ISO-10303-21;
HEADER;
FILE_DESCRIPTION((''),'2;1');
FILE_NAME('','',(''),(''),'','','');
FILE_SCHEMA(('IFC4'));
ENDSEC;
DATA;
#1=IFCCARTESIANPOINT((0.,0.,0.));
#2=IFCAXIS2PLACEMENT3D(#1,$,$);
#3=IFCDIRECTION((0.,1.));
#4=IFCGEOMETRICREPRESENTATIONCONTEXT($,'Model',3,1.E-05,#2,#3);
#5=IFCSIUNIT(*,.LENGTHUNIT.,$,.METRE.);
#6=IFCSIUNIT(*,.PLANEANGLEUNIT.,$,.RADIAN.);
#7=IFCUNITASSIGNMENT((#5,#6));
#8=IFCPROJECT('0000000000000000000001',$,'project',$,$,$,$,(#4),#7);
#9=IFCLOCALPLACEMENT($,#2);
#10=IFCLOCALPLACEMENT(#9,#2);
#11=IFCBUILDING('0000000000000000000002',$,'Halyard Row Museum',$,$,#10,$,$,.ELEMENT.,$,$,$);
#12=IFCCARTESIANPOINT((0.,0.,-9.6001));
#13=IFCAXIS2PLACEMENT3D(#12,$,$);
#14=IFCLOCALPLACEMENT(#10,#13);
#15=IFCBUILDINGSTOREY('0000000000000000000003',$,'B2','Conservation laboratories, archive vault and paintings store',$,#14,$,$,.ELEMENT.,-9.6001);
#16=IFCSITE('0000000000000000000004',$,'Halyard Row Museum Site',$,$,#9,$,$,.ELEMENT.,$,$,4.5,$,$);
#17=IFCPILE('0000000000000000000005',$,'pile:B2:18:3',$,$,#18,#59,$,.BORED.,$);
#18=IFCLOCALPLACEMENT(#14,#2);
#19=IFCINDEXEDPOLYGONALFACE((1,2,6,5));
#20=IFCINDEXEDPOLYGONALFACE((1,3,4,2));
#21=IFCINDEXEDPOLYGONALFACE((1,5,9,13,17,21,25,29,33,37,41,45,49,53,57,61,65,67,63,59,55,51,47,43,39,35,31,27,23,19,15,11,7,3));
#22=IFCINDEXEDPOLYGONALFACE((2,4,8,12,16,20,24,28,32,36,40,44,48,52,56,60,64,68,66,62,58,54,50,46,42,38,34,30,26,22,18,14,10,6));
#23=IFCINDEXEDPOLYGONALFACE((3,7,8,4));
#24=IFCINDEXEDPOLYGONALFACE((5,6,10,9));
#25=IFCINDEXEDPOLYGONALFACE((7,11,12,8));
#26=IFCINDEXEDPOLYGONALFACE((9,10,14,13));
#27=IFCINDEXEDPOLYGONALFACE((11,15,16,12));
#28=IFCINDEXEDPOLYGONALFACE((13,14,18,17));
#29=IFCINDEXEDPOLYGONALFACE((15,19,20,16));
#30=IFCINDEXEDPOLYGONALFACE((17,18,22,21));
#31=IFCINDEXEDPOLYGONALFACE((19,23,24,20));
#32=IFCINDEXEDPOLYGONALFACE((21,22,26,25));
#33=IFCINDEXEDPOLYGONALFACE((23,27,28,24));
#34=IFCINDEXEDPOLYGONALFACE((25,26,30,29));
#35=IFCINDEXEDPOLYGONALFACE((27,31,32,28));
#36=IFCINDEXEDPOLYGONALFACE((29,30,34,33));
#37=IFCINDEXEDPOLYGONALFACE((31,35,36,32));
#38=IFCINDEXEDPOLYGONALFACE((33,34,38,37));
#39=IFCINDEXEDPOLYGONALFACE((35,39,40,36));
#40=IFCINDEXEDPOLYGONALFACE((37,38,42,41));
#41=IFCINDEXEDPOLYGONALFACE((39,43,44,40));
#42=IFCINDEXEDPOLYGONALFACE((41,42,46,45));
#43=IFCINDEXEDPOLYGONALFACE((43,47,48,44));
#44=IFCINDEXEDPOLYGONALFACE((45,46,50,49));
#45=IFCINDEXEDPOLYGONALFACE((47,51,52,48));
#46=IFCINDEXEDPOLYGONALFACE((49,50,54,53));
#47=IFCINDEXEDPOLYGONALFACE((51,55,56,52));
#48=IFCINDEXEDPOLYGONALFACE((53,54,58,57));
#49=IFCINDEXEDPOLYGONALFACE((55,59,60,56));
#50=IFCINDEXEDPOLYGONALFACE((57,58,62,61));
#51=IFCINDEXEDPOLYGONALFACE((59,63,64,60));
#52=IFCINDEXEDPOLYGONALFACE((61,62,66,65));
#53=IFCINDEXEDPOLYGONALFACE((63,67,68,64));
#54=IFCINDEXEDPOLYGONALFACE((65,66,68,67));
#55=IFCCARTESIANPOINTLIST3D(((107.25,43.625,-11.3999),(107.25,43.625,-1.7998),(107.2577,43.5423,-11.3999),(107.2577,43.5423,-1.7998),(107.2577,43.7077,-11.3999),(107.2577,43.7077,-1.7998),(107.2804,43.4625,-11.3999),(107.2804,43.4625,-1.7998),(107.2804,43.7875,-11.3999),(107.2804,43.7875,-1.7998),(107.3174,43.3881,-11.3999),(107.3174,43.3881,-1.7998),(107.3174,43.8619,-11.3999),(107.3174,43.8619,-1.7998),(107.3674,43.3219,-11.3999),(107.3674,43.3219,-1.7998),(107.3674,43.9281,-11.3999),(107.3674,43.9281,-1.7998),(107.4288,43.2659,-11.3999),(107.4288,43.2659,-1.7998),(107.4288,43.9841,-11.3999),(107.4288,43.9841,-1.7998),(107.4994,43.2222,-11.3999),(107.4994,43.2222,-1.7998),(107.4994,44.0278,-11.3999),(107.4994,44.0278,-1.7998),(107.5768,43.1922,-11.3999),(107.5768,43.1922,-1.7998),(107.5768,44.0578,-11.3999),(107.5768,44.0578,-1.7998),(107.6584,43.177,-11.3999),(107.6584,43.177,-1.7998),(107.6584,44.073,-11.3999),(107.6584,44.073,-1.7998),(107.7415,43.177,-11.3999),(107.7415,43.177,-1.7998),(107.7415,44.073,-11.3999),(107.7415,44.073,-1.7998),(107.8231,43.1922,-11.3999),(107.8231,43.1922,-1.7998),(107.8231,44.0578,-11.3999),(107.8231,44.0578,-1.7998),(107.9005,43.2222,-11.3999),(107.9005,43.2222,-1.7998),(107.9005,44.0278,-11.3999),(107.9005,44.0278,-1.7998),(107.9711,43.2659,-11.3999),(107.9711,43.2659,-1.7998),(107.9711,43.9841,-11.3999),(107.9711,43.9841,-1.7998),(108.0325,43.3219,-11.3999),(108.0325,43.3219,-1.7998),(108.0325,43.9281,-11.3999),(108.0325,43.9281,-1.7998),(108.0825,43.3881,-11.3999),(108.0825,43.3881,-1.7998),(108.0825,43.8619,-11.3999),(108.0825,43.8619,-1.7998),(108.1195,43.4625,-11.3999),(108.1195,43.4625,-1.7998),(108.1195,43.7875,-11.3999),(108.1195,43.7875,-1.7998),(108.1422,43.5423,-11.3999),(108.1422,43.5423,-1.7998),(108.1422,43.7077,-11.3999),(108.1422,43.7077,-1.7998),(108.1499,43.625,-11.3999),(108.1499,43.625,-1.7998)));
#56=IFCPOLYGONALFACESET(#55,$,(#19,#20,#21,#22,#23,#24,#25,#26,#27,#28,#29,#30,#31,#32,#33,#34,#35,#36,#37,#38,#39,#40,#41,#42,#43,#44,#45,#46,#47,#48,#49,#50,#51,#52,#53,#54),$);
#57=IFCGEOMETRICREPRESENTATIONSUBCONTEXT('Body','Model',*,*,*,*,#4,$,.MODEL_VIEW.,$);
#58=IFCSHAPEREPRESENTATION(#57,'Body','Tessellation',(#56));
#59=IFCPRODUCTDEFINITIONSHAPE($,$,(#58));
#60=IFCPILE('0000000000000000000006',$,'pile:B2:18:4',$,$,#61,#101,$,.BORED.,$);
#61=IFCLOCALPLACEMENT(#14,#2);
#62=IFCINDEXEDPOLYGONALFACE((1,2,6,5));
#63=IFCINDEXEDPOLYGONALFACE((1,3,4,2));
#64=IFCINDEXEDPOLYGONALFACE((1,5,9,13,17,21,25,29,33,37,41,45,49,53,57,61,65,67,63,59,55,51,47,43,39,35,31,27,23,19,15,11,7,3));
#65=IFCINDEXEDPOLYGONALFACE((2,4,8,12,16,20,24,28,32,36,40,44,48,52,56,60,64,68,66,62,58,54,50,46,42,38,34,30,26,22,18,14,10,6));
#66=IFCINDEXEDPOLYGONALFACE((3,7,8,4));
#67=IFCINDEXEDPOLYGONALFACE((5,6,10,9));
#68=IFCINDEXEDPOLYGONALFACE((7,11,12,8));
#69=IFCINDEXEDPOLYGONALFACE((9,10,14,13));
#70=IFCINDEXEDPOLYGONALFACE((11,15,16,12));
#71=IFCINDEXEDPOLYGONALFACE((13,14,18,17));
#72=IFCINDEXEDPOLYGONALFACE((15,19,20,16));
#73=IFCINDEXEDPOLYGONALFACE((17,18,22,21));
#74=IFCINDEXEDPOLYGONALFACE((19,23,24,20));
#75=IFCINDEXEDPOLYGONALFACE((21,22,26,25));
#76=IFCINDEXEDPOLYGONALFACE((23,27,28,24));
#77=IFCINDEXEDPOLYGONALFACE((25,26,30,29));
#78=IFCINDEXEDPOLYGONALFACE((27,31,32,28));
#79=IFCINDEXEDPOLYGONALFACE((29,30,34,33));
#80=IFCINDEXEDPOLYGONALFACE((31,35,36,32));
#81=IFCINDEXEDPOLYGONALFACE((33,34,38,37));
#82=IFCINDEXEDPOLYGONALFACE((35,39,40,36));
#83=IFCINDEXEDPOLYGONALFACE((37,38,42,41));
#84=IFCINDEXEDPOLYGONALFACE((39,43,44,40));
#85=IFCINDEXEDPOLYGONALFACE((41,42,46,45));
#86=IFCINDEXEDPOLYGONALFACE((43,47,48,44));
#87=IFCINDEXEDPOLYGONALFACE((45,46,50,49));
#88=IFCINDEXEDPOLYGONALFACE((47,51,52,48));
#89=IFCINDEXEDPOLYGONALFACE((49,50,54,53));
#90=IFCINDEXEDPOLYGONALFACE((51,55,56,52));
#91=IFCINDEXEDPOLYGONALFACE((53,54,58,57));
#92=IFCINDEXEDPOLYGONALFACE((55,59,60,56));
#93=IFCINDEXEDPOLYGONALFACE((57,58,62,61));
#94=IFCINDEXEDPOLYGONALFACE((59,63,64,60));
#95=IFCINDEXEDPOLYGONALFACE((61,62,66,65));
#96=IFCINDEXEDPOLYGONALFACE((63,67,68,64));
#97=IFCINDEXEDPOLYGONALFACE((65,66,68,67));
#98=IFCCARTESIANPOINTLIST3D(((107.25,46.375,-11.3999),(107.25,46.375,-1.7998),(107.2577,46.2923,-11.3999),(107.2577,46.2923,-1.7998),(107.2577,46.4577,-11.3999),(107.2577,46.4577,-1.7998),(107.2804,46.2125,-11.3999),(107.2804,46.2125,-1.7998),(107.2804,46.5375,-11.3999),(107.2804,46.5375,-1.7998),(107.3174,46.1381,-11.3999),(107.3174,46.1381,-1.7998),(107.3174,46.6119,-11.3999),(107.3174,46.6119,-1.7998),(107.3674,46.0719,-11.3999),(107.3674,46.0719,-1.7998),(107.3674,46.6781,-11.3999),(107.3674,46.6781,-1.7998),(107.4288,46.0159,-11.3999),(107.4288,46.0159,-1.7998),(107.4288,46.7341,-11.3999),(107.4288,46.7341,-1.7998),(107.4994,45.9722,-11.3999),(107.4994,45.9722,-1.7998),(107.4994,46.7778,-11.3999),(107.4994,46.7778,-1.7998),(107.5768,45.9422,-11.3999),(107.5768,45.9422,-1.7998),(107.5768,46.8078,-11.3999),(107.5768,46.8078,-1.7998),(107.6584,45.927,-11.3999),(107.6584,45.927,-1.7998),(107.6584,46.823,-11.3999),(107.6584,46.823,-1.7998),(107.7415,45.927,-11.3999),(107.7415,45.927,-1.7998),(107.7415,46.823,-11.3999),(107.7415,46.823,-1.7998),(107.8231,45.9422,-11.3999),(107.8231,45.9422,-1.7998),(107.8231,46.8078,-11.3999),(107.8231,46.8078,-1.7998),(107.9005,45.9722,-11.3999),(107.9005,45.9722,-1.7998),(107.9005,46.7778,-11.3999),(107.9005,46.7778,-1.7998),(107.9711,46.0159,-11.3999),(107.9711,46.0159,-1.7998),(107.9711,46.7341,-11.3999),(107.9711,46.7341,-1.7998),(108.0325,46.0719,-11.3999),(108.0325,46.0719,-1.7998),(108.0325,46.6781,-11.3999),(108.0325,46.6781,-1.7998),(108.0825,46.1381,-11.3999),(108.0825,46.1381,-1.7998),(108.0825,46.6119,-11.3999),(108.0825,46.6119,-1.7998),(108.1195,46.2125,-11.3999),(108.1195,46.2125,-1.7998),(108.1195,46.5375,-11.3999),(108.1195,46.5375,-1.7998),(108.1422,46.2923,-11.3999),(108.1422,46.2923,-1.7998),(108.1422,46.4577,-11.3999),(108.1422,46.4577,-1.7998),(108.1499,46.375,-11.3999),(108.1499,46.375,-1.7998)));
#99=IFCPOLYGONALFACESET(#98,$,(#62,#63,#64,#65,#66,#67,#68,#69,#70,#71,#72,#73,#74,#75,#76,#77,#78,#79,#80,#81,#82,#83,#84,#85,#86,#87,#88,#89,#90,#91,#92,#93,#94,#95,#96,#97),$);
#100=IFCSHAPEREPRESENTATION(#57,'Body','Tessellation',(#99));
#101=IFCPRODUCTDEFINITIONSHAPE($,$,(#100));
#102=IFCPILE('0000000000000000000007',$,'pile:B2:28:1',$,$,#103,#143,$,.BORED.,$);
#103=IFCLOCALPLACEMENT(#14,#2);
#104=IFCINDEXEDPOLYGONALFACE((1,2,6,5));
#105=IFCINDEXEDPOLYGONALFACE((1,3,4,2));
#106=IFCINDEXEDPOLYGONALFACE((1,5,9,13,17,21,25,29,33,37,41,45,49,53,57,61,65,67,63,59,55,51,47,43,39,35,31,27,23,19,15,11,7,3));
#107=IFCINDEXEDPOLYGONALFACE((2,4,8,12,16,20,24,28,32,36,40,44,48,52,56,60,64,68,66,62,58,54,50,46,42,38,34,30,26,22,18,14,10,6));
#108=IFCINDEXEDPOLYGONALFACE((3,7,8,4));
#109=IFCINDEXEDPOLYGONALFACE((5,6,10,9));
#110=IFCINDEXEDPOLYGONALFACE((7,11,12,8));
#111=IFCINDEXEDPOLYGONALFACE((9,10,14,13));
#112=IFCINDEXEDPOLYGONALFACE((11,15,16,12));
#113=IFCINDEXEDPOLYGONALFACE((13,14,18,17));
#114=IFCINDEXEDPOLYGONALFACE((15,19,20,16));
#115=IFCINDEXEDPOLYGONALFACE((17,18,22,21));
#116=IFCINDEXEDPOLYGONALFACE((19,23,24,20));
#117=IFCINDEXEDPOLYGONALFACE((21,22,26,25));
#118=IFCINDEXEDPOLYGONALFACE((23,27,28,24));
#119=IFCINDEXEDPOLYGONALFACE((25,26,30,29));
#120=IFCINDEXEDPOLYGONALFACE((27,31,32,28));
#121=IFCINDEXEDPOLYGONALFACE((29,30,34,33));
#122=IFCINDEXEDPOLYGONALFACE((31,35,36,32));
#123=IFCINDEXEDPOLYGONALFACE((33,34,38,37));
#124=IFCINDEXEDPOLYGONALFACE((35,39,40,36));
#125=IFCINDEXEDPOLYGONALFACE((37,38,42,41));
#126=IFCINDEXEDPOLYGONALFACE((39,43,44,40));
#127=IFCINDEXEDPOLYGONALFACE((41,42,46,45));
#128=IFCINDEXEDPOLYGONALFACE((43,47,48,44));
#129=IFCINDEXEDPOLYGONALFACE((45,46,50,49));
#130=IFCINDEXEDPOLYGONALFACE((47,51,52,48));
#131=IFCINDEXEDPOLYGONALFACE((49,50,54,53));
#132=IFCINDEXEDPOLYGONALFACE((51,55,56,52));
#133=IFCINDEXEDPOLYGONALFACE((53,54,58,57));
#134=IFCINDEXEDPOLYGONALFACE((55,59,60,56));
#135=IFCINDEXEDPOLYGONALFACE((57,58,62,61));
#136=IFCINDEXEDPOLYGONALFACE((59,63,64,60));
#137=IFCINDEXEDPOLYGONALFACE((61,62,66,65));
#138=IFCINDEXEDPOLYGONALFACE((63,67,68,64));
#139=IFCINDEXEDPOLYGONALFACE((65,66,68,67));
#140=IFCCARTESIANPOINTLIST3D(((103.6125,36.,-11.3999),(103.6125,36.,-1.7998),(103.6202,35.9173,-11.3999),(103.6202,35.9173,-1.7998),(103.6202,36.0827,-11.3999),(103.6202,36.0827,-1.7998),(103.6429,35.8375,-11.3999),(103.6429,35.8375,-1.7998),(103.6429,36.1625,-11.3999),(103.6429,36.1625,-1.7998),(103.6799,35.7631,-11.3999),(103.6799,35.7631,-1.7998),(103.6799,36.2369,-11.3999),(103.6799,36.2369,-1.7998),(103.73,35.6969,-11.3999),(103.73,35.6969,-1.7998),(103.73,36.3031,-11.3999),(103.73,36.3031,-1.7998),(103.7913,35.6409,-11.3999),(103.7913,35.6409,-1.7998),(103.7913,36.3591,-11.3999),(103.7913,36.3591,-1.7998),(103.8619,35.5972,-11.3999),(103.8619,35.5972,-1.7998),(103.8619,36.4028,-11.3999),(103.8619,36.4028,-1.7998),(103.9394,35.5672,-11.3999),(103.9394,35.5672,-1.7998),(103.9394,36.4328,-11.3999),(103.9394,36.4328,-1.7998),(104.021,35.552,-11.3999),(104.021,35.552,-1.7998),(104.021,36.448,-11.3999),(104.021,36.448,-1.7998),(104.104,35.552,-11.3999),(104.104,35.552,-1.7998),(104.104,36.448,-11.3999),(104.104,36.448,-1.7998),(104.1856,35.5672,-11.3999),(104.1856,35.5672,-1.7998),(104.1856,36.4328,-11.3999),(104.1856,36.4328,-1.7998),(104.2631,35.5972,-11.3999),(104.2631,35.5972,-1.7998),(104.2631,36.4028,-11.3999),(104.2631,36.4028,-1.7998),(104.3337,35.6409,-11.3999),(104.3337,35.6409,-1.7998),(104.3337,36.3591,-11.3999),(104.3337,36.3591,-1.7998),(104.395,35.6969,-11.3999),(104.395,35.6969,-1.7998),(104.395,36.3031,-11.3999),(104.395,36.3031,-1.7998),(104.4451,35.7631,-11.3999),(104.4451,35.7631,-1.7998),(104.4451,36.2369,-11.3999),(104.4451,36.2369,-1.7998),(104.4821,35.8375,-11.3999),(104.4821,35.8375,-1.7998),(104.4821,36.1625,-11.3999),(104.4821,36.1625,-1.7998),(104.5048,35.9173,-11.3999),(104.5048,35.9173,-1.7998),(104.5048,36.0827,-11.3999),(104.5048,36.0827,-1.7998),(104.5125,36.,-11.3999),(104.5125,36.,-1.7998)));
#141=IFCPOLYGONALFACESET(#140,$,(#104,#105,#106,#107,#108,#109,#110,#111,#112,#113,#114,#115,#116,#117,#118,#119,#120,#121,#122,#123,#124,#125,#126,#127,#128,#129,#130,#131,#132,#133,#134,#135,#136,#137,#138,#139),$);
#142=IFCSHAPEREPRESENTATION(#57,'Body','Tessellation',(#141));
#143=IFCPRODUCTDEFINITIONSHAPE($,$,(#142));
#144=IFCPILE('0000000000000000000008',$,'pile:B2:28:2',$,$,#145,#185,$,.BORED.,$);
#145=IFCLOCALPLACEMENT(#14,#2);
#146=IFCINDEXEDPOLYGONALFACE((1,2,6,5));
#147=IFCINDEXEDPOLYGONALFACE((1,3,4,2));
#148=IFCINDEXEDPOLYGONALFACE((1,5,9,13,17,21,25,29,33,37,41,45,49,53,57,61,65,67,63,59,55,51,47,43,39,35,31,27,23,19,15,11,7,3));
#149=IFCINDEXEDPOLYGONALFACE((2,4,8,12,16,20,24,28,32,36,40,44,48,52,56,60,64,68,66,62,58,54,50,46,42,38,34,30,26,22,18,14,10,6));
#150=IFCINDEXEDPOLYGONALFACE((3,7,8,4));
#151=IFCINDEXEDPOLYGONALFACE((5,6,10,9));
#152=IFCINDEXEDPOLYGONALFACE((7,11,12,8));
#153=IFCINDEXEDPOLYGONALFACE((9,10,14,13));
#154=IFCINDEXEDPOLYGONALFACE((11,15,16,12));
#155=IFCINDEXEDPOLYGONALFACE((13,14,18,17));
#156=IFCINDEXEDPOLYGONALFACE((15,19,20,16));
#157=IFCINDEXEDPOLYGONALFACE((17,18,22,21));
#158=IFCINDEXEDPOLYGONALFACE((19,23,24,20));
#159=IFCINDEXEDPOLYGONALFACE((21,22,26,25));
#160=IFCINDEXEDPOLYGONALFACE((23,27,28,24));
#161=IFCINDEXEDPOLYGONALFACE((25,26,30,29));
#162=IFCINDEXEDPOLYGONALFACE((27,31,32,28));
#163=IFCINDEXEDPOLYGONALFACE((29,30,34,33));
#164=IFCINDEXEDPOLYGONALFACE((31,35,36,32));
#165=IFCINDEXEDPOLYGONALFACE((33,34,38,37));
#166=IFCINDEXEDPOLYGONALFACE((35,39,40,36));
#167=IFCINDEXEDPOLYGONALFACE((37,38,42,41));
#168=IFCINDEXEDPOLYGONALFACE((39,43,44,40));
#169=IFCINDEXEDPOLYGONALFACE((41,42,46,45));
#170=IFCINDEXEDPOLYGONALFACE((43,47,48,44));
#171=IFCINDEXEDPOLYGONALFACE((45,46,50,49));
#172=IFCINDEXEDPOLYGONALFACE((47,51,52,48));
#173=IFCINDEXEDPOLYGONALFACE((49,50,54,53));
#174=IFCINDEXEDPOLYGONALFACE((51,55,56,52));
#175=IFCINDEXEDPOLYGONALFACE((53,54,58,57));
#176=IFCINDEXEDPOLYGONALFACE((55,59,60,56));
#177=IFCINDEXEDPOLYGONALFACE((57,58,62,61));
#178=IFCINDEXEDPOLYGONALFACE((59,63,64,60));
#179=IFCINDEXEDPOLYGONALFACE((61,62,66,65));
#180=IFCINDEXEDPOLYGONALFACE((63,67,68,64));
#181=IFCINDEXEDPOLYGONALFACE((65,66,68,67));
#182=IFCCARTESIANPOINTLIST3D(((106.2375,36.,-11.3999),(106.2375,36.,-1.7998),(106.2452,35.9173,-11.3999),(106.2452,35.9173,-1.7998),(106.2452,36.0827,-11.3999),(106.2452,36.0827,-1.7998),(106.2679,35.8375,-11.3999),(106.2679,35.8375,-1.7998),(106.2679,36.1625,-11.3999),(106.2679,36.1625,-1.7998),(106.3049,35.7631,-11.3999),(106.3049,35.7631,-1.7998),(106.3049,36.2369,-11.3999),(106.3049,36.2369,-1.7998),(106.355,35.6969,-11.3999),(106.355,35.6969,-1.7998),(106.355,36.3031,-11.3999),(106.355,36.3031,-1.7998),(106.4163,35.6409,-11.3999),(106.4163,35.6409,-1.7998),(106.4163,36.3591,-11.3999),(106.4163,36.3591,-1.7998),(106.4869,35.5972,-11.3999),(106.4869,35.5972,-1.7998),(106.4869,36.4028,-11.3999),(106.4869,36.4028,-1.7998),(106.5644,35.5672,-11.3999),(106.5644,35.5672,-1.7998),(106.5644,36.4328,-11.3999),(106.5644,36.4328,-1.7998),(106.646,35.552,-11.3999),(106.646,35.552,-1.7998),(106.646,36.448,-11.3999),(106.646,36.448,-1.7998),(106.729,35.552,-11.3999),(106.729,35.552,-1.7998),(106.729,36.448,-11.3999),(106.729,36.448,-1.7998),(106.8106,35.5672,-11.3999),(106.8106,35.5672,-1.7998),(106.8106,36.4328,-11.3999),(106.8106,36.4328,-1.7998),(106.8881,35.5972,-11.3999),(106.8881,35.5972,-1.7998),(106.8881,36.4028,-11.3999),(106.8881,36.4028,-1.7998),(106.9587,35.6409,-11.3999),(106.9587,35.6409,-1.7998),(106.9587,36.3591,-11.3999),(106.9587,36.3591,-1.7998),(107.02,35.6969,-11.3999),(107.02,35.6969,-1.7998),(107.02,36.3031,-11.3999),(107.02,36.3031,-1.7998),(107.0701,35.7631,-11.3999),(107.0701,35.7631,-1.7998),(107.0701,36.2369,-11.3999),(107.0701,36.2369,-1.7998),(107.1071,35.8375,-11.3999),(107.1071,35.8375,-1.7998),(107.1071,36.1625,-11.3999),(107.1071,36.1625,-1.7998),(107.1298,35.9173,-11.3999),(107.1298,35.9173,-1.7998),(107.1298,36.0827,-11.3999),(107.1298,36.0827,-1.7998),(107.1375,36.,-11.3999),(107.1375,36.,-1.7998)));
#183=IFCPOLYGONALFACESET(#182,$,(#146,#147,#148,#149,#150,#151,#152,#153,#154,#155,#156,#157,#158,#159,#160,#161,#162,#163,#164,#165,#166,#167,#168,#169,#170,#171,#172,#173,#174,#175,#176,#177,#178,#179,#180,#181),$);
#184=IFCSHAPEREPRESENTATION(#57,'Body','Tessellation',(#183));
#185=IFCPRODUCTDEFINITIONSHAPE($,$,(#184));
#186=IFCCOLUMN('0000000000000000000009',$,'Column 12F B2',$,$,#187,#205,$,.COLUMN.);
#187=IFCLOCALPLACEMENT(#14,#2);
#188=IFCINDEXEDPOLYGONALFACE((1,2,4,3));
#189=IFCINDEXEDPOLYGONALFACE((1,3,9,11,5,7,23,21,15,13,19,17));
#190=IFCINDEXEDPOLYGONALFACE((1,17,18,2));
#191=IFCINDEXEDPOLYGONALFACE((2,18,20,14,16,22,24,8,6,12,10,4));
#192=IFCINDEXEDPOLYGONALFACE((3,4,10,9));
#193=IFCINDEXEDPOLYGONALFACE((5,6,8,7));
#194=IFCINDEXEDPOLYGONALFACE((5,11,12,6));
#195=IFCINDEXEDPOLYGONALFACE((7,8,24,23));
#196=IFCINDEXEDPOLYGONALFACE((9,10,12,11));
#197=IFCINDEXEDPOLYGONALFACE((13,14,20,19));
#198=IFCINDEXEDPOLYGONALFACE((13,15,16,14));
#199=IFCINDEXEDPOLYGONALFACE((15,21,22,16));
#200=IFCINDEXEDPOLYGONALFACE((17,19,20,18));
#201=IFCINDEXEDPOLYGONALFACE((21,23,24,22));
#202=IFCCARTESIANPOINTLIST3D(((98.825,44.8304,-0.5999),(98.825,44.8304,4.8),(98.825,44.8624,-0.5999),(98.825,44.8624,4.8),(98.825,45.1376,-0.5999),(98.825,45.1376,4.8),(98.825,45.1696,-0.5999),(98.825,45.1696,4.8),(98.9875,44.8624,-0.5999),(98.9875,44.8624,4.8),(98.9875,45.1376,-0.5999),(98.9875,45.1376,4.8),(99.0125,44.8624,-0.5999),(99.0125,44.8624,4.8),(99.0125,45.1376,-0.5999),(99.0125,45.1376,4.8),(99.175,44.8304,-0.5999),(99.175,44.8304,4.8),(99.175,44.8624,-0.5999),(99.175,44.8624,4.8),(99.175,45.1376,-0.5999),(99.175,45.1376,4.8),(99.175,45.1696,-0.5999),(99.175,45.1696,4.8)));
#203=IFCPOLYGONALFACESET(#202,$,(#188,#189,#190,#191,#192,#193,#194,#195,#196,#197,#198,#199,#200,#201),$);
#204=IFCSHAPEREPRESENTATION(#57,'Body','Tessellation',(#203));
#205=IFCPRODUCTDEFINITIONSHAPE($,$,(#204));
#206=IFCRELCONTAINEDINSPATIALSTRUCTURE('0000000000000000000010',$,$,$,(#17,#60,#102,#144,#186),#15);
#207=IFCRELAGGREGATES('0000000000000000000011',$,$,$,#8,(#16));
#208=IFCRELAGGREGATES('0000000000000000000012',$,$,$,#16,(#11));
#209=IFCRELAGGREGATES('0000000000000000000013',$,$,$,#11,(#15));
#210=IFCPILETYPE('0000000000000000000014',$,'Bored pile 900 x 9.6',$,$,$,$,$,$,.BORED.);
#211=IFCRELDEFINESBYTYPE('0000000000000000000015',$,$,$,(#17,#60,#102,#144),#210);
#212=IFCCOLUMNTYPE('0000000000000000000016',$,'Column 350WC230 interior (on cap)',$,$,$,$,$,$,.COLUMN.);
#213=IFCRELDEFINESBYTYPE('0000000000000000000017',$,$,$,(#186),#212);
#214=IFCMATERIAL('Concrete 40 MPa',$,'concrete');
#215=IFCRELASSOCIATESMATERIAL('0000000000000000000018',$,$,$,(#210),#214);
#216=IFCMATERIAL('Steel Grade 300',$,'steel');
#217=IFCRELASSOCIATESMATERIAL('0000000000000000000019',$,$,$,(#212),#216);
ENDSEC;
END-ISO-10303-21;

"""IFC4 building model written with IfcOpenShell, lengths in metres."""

from ifc_helpers import new_model, si_unit, direction, frame, origin, origin_2d, place, context, subcontext, project, spatial, circle, i_section, extrude, material, material_profile, profile_set, type_object, element, save


model = new_model("IFC4")

# Units and contexts
model_context = context("Model", 3, precision=1e-05, world=origin(), true_north=direction((0.0, 1.0)))
body_context = subcontext(model_context, "Body", "Model", "MODEL_VIEW")
ifc_project = project(units=[si_unit("LENGTHUNIT", "METRE"), si_unit("PLANEANGLEUNIT", "RADIAN")], contexts=[model_context])

# Site, building, storey
site_placement = place(None, origin())
site = spatial("IfcSite", under=ifc_project, at=site_placement, Name="Halyard Row Museum Site", CompositionType="ELEMENT", RefElevation=4.5)
building_placement = place(site_placement, origin())
building = spatial("IfcBuilding", under=site, at=building_placement, Name="Halyard Row Museum", CompositionType="ELEMENT")
storey_placement = place(building_placement, frame((0.0, 0.0, -9.6001)))
storey = spatial("IfcBuildingStorey", under=building, at=storey_placement, Name="B2", Description="Conservation laboratories, archive vault and paintings store", CompositionType="ELEMENT", Elevation=-9.6001)

# Piles
ifc_material_1 = material(Name="Concrete 40 MPa", Category="concrete")
ifc_material_profile_1 = material_profile(ifc_material_1, circle(Radius=0.45, at=origin_2d()), Name="Bored pile 900 x 9.6")
ifc_profile_set_1 = profile_set([ifc_material_profile_1], Name="Concrete 40 MPa")
pile_type_1 = type_object("IfcPileType", Name="Bored pile 900 x 9.6", PredefinedType="BORED", material=ifc_profile_set_1)
for number, where, z_axis, x_axis, name in (
    (1, (107.7, 43.625, -1.7998), (0.0, 0.0, -1.0), (1.0, 0.0, 0.0), "pile:B2:18:3"),
    (2, (107.7, 46.375, -1.7998), (0.0, 0.0, -1.0), (1.0, 0.0, 0.0), "pile:B2:18:4"),
    (3, (104.0625, 36.0, -1.7998), (0.0, 0.0, -1.0), (1.0, 0.0, 0.0), "pile:B2:28:1"),
    (4, (106.6875, 36.0, -1.7998), (0.0, 0.0, -1.0), (1.0, 0.0, 0.0), "pile:B2:28:2"),
):
    element("IfcPile", number, at=place(storey_placement, frame(where, z_axis=z_axis, x_axis=x_axis)), inside=storey, type_object=pile_type_1, Name=name, PredefinedType="BORED", context=body_context, shape_type="SweptSolid", body=[
        extrude(circle(Radius=0.45, at=origin_2d()), origin(), (0.0, 0.0, 1.0), 9.6001),
    ])

# Column
ifc_material_2 = material(Name="Steel Grade 300", Category="steel")
ifc_material_profile_2 = material_profile(ifc_material_2, i_section(OverallWidth=0.3501, OverallDepth=0.3391, WebThickness=0.0249, FlangeThickness=0.032, at=origin_2d()), Name="350WC230")
ifc_profile_set_2 = profile_set([ifc_material_profile_2], Name="Steel Grade 300")
column_type_1 = type_object("IfcColumnType", Name="Column 350WC230 interior (on cap)", PredefinedType="COLUMN", material=ifc_profile_set_2)
column_1_placement = place(storey_placement, frame((99.0, 45.0, -0.5999), z_axis=(0.0, 0.0, 1.0), x_axis=(1.0, 0.0, 0.0)))
element("IfcColumn", 5, at=column_1_placement, inside=storey, type_object=column_type_1, Name="Column 12F B2", PredefinedType="COLUMN", context=body_context, shape_type="SweptSolid", body=[
    extrude(i_section(OverallWidth=0.3501, OverallDepth=0.3391, WebThickness=0.0249, FlangeThickness=0.032, at=origin_2d()), origin(), (0.0, 0.0, 1.0), 5.3999),
])

save(model, "model.ifc")
